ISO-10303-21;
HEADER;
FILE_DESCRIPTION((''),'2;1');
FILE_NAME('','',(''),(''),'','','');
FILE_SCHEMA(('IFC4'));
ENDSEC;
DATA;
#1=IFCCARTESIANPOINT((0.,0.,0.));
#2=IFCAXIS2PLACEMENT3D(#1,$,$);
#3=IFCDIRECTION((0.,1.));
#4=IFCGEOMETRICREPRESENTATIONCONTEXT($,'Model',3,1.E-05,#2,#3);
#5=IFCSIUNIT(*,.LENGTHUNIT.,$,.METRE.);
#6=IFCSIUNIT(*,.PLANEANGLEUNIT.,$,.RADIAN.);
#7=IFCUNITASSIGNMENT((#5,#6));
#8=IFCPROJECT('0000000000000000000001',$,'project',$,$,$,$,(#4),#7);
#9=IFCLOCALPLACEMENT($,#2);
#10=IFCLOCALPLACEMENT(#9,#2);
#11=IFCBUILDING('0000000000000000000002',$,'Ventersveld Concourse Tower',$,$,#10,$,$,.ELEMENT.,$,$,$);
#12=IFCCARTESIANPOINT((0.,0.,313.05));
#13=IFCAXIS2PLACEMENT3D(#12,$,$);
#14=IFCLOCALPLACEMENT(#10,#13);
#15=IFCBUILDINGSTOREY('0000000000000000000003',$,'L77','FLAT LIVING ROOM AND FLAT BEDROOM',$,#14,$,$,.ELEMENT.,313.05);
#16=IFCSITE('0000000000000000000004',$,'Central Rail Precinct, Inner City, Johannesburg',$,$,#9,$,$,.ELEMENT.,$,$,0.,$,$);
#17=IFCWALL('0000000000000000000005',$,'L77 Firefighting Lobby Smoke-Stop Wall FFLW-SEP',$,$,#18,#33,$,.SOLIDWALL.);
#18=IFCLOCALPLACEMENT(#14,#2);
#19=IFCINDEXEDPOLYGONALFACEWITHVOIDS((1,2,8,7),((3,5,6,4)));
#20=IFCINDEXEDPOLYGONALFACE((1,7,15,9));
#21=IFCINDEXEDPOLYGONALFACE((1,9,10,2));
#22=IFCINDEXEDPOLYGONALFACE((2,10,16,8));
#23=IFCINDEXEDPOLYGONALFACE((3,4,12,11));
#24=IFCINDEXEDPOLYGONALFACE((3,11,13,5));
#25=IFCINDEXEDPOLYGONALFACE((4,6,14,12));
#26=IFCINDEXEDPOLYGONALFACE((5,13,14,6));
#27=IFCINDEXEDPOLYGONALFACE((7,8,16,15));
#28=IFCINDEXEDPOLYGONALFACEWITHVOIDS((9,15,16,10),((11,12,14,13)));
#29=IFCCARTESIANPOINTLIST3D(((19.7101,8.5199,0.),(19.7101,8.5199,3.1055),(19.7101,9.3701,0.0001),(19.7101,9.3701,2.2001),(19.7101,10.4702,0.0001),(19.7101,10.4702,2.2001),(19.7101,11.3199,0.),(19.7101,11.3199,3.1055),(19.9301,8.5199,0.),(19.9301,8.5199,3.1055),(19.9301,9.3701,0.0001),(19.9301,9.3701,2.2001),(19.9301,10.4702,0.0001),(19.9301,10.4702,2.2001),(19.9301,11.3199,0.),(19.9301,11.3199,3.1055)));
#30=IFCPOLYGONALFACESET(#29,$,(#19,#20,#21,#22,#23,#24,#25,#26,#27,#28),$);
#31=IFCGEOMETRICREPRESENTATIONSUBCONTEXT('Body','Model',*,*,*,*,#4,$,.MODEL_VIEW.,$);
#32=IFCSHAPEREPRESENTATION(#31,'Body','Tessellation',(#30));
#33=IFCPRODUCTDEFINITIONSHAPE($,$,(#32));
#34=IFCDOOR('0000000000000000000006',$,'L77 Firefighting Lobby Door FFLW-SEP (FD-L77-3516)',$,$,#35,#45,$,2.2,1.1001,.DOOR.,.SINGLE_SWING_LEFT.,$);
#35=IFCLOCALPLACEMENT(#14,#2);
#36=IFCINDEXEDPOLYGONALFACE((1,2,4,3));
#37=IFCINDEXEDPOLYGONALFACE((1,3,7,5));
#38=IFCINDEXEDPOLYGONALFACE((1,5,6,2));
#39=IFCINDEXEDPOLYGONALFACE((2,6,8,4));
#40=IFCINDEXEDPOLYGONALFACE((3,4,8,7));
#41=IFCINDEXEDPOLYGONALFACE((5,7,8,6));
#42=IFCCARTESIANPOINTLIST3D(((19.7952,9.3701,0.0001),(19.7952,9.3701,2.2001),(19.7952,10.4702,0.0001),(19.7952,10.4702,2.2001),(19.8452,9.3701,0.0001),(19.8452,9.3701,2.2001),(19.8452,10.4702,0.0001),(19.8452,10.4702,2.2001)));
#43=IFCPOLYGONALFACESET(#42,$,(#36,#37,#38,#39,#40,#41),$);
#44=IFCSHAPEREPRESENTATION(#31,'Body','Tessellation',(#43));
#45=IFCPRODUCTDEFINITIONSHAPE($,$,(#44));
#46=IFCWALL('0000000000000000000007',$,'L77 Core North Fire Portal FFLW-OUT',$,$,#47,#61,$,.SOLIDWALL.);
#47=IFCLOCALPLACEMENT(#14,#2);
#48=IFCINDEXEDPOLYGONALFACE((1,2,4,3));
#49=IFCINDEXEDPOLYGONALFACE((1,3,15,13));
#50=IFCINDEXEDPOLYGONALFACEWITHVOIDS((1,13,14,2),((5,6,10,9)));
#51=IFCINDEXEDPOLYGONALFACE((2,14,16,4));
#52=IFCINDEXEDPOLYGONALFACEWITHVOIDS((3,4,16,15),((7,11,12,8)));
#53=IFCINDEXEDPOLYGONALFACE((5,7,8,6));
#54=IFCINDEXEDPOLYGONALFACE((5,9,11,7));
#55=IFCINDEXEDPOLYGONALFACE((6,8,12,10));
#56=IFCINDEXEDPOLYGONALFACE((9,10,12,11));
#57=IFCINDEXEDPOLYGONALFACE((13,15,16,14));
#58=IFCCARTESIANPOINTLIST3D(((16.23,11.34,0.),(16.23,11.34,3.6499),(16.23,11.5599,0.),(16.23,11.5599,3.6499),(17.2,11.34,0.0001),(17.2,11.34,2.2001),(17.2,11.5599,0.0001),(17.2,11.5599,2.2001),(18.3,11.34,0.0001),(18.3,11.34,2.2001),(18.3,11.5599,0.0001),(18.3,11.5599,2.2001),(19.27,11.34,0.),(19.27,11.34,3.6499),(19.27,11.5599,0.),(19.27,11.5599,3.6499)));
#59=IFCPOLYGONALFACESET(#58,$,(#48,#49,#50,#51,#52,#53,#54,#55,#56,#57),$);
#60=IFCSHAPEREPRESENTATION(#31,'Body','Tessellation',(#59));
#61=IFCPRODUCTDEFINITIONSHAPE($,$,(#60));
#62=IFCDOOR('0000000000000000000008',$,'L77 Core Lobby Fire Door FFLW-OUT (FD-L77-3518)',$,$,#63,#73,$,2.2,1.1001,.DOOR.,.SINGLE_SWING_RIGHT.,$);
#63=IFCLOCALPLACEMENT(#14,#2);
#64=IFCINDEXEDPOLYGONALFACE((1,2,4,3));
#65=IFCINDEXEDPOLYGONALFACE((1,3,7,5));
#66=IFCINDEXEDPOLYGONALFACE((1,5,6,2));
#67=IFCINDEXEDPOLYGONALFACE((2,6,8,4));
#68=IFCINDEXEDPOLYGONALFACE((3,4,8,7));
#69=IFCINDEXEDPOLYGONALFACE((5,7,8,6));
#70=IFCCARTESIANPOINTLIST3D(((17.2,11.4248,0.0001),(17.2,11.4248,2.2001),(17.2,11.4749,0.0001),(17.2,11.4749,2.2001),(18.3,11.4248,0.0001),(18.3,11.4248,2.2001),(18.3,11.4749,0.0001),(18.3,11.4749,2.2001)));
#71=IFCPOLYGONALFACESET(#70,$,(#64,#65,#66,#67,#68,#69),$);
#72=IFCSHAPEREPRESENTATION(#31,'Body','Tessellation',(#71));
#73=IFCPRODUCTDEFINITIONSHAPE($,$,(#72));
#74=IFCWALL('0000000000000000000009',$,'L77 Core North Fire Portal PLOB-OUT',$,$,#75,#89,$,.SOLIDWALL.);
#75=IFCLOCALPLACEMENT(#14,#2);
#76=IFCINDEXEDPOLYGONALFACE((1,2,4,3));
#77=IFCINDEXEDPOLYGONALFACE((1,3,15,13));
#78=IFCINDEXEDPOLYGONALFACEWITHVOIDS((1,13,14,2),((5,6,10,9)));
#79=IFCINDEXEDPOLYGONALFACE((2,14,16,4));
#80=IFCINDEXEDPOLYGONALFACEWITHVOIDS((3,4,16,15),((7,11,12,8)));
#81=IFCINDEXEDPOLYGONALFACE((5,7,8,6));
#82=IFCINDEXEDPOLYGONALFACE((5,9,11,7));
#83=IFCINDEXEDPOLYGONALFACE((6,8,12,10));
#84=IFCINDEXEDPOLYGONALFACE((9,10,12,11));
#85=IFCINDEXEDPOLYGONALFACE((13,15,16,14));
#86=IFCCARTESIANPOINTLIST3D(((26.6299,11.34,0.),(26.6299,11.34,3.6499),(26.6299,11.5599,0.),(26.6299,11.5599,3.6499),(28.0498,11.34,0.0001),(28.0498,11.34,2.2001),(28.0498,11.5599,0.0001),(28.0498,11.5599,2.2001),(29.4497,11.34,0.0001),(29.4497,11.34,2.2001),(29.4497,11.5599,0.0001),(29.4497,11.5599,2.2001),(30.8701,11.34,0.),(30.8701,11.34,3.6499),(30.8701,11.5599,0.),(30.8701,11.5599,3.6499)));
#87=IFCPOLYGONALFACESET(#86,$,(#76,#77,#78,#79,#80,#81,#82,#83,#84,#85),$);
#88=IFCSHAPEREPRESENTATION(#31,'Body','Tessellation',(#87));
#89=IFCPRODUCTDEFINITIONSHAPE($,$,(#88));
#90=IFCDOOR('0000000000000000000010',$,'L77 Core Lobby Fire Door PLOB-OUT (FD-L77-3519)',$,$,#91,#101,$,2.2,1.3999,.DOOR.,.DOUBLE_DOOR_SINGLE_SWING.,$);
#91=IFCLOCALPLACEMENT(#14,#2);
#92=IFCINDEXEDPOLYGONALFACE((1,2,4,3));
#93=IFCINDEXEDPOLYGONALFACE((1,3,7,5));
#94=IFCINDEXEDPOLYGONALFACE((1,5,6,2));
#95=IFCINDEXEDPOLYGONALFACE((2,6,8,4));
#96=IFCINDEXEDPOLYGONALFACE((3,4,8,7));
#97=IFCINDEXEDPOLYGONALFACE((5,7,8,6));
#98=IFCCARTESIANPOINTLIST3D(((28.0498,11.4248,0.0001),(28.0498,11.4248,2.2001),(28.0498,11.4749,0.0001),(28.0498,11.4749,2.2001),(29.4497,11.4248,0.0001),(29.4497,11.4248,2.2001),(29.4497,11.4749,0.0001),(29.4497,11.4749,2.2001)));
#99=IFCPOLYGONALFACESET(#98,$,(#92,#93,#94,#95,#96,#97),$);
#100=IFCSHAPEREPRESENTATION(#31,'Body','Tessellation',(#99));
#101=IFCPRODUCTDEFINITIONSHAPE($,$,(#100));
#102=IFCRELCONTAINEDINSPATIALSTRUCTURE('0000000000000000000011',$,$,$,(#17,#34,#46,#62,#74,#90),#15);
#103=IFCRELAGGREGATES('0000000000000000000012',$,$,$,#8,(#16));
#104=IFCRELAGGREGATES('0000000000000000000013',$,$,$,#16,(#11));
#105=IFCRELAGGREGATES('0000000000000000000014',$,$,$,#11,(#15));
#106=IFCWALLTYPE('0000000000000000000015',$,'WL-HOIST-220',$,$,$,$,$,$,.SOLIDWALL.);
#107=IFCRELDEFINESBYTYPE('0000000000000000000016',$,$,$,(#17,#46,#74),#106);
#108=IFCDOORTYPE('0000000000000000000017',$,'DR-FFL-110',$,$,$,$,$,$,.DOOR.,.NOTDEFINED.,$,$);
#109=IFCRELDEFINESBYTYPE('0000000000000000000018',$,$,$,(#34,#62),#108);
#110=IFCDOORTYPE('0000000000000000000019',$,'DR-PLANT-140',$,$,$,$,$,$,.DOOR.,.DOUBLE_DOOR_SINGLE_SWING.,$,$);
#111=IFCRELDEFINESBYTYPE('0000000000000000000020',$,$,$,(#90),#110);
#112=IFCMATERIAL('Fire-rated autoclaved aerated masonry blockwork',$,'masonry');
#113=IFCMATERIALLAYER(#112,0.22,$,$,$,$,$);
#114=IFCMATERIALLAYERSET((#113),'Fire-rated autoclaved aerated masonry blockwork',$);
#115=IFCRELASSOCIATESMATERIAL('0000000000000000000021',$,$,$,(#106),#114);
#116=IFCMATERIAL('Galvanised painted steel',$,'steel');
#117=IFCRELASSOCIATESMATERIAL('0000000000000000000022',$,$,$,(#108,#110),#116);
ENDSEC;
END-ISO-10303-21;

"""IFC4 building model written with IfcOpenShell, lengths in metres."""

from ifc_helpers import new_model, si_unit, direction, frame, frame_2d, origin, place, context, subcontext, project, spatial, rectangle, extrude, material, layer, layer_set, type_object, element, fill, save


model = new_model("IFC4")

# Units and contexts
model_context = context("Model", 3, precision=1e-05, world=origin(), true_north=direction((0.0, 1.0)))
body_context = subcontext(model_context, "Body", "Model", "MODEL_VIEW")
ifc_project = project(units=[si_unit("LENGTHUNIT", "METRE"), si_unit("PLANEANGLEUNIT", "RADIAN")], contexts=[model_context])

# Site, building, storey
site_placement = place(None, origin())
site = spatial("IfcSite", under=ifc_project, at=site_placement, Name="Central Rail Precinct, Inner City, Johannesburg", CompositionType="ELEMENT", RefElevation=0.0)
building_placement = place(site_placement, origin())
building = spatial("IfcBuilding", under=site, at=building_placement, Name="Ventersveld Concourse Tower", CompositionType="ELEMENT")
storey_placement = place(building_placement, frame((0.0, 0.0, 313.05)))
storey = spatial("IfcBuildingStorey", under=building, at=storey_placement, Name="L77", Description="FLAT LIVING ROOM AND FLAT BEDROOM", CompositionType="ELEMENT", Elevation=313.05)

# Shared definitions
ifc_material_1 = material(Name="Fire-rated autoclaved aerated masonry blockwork", Category="masonry")
ifc_layer_1 = layer(ifc_material_1, 0.22)
ifc_layer_set_1 = layer_set([ifc_layer_1], Name="Fire-rated autoclaved aerated masonry blockwork")
wall_type_1 = type_object("IfcWallType", Name="WL-HOIST-220", PredefinedType="SOLIDWALL", material=ifc_layer_set_1)

# Walls, openings, doors
wall_1_placement = place(storey_placement, frame((19.8201, 8.52, 0.0), z_axis=(0.0, 0.0, 1.0), x_axis=(0.0, 1.0, 0.0)))
wall_1 = element("IfcWall", 1, at=wall_1_placement, inside=storey, type_object=wall_type_1, Name="L77 Firefighting Lobby Smoke-Stop Wall FFLW-SEP", PredefinedType="SOLIDWALL", context=body_context, shape_type="SweptSolid", body=[
    extrude(rectangle(XDim=2.8, YDim=0.22, at=frame_2d((1.3999, 0.0))), origin(), (0.0, 0.0, 1.0), 3.1055),
])
opening_1_placement = place(wall_1_placement, frame((0.8501, 0.0, 0.0)))
opening_1 = element("IfcOpeningElement", 2, at=opening_1_placement, cuts=wall_1, PredefinedType="OPENING", context=body_context, shape_type="SweptSolid", body=[
    extrude(rectangle(XDim=1.1001, YDim=2.2, at=frame_2d((0.55, 1.1001))), frame((0.0, 0.1201, 0.0), z_axis=(0.0, -1.0, 0.0), x_axis=(1.0, 0.0, 0.0)), (0.0, 0.0, 1.0), 0.24),
])
ifc_material_2 = material(Name="Galvanised painted steel", Category="steel")
door_type_1 = type_object("IfcDoorType", Name="DR-FFL-110", OperationType="NOTDEFINED", PredefinedType="DOOR", material=ifc_material_2)
door_1_placement = place(opening_1_placement, origin())
door_1 = element("IfcDoor", 3, at=door_1_placement, inside=storey, type_object=door_type_1, Name="L77 Firefighting Lobby Door FFLW-SEP (FD-L77-3516)", OperationType="SINGLE_SWING_LEFT", OverallHeight=2.2, OverallWidth=1.1001, PredefinedType="DOOR", context=body_context, shape_type="SweptSolid", body=[
    extrude(rectangle(XDim=1.1001, YDim=2.2, at=frame_2d((0.55, 1.1001))), frame((0.0, 0.0249, 0.0), z_axis=(0.0, -1.0, 0.0), x_axis=(1.0, 0.0, 0.0)), (0.0, 0.0, 1.0), 0.05),
])
fill(opening_1, door_1)
wall_2_placement = place(storey_placement, frame((16.23, 11.45, 0.0), z_axis=(0.0, 0.0, 1.0), x_axis=(1.0, 0.0, 0.0)))
wall_2 = element("IfcWall", 4, at=wall_2_placement, inside=storey, type_object=wall_type_1, Name="L77 Core North Fire Portal FFLW-OUT", PredefinedType="SOLIDWALL", context=body_context, shape_type="SweptSolid", body=[
    extrude(rectangle(XDim=3.04, YDim=0.22, at=frame_2d((1.52, 0.0))), origin(), (0.0, 0.0, 1.0), 3.6499),
])
opening_2_placement = place(wall_2_placement, frame((0.97, 0.0, 0.0)))
opening_2 = element("IfcOpeningElement", 5, at=opening_2_placement, cuts=wall_2, PredefinedType="OPENING", context=body_context, shape_type="SweptSolid", body=[
    extrude(rectangle(XDim=1.1001, YDim=2.2, at=frame_2d((0.55, 1.1001))), frame((0.0, 0.1201, 0.0), z_axis=(0.0, -1.0, 0.0), x_axis=(1.0, 0.0, 0.0)), (0.0, 0.0, 1.0), 0.24),
])
door_2_placement = place(opening_2_placement, origin())
door_2 = element("IfcDoor", 6, at=door_2_placement, inside=storey, type_object=door_type_1, Name="L77 Core Lobby Fire Door FFLW-OUT (FD-L77-3518)", OperationType="SINGLE_SWING_RIGHT", OverallHeight=2.2, OverallWidth=1.1001, PredefinedType="DOOR", context=body_context, shape_type="SweptSolid", body=[
    extrude(rectangle(XDim=1.1001, YDim=2.2, at=frame_2d((0.55, 1.1001))), frame((0.0, 0.0249, 0.0), z_axis=(0.0, -1.0, 0.0), x_axis=(1.0, 0.0, 0.0)), (0.0, 0.0, 1.0), 0.05),
])
fill(opening_2, door_2)
wall_3_placement = place(storey_placement, frame((26.6299, 11.45, 0.0), z_axis=(0.0, 0.0, 1.0), x_axis=(1.0, 0.0, 0.0)))
wall_3 = element("IfcWall", 7, at=wall_3_placement, inside=storey, type_object=wall_type_1, Name="L77 Core North Fire Portal PLOB-OUT", PredefinedType="SOLIDWALL", context=body_context, shape_type="SweptSolid", body=[
    extrude(rectangle(XDim=4.2402, YDim=0.22, at=frame_2d((2.1201, 0.0))), origin(), (0.0, 0.0, 1.0), 3.6499),
])
opening_3_placement = place(wall_3_placement, frame((1.4199, 0.0, 0.0)))
opening_3 = element("IfcOpeningElement", 8, at=opening_3_placement, cuts=wall_3, PredefinedType="OPENING", context=body_context, shape_type="SweptSolid", body=[
    extrude(rectangle(XDim=1.3999, YDim=2.2, at=frame_2d((0.7, 1.1001))), frame((0.0, 0.1201, 0.0), z_axis=(0.0, -1.0, 0.0), x_axis=(1.0, 0.0, 0.0)), (0.0, 0.0, 1.0), 0.24),
])
door_type_2 = type_object("IfcDoorType", Name="DR-PLANT-140", OperationType="DOUBLE_DOOR_SINGLE_SWING", PredefinedType="DOOR", material=ifc_material_2)
door_3_placement = place(opening_3_placement, origin())
door_3 = element("IfcDoor", 9, at=door_3_placement, inside=storey, type_object=door_type_2, Name="L77 Core Lobby Fire Door PLOB-OUT (FD-L77-3519)", OperationType="DOUBLE_DOOR_SINGLE_SWING", OverallHeight=2.2, OverallWidth=1.3999, PredefinedType="DOOR", context=body_context, shape_type="SweptSolid", body=[
    extrude(rectangle(XDim=1.3999, YDim=2.2, at=frame_2d((0.7, 1.1001))), frame((0.0, 0.0249, 0.0), z_axis=(0.0, -1.0, 0.0), x_axis=(1.0, 0.0, 0.0)), (0.0, 0.0, 1.0), 0.05),
])
fill(opening_3, door_3)

save(model, "model.ifc")
